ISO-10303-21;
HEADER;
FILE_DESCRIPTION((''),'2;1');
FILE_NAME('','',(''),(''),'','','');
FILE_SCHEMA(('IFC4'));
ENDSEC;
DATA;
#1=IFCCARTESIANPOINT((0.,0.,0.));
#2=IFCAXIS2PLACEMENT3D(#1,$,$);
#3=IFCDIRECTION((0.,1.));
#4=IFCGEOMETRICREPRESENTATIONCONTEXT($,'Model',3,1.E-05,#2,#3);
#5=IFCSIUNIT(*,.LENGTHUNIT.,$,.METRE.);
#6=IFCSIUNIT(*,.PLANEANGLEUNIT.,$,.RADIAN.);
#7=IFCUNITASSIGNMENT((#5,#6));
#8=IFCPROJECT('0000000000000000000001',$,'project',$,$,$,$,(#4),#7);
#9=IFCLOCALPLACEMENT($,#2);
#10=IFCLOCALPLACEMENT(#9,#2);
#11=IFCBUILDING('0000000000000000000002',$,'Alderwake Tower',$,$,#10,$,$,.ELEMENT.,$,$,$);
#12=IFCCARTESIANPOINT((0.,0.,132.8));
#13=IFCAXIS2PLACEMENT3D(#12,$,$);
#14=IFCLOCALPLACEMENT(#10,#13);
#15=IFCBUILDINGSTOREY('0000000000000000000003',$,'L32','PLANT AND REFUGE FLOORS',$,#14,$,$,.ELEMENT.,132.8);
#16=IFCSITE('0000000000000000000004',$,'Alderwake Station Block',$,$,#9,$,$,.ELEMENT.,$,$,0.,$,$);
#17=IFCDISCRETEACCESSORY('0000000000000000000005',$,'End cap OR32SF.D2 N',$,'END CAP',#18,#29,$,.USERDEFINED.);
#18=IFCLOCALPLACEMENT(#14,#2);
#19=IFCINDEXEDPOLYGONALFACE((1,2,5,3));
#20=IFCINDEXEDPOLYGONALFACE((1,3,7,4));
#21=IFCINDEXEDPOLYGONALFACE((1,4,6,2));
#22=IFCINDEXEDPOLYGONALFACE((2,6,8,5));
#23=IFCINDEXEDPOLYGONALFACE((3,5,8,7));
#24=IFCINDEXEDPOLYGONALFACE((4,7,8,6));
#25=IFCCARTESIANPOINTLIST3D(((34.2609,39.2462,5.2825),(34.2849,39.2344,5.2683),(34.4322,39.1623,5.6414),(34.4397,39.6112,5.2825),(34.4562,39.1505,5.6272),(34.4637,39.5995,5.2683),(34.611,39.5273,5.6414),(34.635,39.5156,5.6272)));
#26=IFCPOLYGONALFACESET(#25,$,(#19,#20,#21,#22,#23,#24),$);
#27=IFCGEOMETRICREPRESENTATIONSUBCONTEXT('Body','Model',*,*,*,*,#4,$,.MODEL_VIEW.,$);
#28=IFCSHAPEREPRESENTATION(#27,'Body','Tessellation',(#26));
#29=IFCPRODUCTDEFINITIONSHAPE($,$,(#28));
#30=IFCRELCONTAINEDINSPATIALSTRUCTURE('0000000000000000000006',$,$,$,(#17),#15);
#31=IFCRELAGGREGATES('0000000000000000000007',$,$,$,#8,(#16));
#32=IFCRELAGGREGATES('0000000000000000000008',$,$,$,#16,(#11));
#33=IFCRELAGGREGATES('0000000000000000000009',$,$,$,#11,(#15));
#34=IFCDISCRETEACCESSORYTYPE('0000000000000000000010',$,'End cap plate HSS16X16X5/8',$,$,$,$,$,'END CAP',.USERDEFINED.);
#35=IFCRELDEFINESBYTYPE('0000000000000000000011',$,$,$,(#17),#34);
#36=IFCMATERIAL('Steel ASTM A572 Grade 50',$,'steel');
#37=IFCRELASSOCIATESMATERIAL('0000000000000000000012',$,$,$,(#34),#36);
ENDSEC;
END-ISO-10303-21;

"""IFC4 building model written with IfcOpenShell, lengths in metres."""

from ifc_helpers import new_model, si_unit, direction, frame, origin, origin_2d, place, context, subcontext, project, spatial, rectangle, extrude, material, material_profile, profile_set, type_object, element, save


model = new_model("IFC4")

# Units and contexts
model_context = context("Model", 3, precision=1e-05, world=origin(), true_north=direction((0.0, 1.0)))
body_context = subcontext(model_context, "Body", "Model", "MODEL_VIEW")
ifc_project = project(units=[si_unit("LENGTHUNIT", "METRE"), si_unit("PLANEANGLEUNIT", "RADIAN")], contexts=[model_context])

# Site, building, storey
site_placement = place(None, origin())
site = spatial("IfcSite", under=ifc_project, at=site_placement, Name="Alderwake Station Block", CompositionType="ELEMENT", RefElevation=0.0)
building_placement = place(site_placement, origin())
building = spatial("IfcBuilding", under=site, at=building_placement, Name="Alderwake Tower", CompositionType="ELEMENT")
storey_placement = place(building_placement, frame((0.0, 0.0, 132.8)))
storey = spatial("IfcBuildingStorey", under=building, at=storey_placement, Name="L32", Description="PLANT AND REFUGE FLOORS", CompositionType="ELEMENT", Elevation=132.8)

# Discrete accessory
ifc_material_1 = material(Name="Steel ASTM A572 Grade 50", Category="steel")
ifc_material_profile_1 = material_profile(ifc_material_1, rectangle(XDim=0.4065, YDim=0.4065, at=origin_2d()), Name="HSS16X16X5/8 cap")
ifc_profile_set_1 = profile_set([ifc_material_profile_1], Name="Steel ASTM A572 Grade 50")
discrete_accessory_type_1 = type_object("IfcDiscreteAccessoryType", Name="End cap plate HSS16X16X5/8", ElementType="END CAP", PredefinedType="USERDEFINED", material=ifc_profile_set_1)
discrete_accessory_1_placement = place(storey_placement, frame((34.46, 39.375, 5.4478), z_axis=(-0.793009, 0.388413, 0.469332), x_axis=(-0.439867, -0.898063, 0.0)))
element("IfcDiscreteAccessory", 1, at=discrete_accessory_1_placement, inside=storey, type_object=discrete_accessory_type_1, Name="End cap OR32SF.D2 N", ObjectType="END CAP", PredefinedType="USERDEFINED", context=body_context, shape_type="SweptSolid", body=[
    extrude(rectangle(XDim=0.4065, YDim=0.4065, at=origin_2d()), origin(), (0.0, 0.0, 1.0), 0.0303),
])

save(model, "model.ifc")
